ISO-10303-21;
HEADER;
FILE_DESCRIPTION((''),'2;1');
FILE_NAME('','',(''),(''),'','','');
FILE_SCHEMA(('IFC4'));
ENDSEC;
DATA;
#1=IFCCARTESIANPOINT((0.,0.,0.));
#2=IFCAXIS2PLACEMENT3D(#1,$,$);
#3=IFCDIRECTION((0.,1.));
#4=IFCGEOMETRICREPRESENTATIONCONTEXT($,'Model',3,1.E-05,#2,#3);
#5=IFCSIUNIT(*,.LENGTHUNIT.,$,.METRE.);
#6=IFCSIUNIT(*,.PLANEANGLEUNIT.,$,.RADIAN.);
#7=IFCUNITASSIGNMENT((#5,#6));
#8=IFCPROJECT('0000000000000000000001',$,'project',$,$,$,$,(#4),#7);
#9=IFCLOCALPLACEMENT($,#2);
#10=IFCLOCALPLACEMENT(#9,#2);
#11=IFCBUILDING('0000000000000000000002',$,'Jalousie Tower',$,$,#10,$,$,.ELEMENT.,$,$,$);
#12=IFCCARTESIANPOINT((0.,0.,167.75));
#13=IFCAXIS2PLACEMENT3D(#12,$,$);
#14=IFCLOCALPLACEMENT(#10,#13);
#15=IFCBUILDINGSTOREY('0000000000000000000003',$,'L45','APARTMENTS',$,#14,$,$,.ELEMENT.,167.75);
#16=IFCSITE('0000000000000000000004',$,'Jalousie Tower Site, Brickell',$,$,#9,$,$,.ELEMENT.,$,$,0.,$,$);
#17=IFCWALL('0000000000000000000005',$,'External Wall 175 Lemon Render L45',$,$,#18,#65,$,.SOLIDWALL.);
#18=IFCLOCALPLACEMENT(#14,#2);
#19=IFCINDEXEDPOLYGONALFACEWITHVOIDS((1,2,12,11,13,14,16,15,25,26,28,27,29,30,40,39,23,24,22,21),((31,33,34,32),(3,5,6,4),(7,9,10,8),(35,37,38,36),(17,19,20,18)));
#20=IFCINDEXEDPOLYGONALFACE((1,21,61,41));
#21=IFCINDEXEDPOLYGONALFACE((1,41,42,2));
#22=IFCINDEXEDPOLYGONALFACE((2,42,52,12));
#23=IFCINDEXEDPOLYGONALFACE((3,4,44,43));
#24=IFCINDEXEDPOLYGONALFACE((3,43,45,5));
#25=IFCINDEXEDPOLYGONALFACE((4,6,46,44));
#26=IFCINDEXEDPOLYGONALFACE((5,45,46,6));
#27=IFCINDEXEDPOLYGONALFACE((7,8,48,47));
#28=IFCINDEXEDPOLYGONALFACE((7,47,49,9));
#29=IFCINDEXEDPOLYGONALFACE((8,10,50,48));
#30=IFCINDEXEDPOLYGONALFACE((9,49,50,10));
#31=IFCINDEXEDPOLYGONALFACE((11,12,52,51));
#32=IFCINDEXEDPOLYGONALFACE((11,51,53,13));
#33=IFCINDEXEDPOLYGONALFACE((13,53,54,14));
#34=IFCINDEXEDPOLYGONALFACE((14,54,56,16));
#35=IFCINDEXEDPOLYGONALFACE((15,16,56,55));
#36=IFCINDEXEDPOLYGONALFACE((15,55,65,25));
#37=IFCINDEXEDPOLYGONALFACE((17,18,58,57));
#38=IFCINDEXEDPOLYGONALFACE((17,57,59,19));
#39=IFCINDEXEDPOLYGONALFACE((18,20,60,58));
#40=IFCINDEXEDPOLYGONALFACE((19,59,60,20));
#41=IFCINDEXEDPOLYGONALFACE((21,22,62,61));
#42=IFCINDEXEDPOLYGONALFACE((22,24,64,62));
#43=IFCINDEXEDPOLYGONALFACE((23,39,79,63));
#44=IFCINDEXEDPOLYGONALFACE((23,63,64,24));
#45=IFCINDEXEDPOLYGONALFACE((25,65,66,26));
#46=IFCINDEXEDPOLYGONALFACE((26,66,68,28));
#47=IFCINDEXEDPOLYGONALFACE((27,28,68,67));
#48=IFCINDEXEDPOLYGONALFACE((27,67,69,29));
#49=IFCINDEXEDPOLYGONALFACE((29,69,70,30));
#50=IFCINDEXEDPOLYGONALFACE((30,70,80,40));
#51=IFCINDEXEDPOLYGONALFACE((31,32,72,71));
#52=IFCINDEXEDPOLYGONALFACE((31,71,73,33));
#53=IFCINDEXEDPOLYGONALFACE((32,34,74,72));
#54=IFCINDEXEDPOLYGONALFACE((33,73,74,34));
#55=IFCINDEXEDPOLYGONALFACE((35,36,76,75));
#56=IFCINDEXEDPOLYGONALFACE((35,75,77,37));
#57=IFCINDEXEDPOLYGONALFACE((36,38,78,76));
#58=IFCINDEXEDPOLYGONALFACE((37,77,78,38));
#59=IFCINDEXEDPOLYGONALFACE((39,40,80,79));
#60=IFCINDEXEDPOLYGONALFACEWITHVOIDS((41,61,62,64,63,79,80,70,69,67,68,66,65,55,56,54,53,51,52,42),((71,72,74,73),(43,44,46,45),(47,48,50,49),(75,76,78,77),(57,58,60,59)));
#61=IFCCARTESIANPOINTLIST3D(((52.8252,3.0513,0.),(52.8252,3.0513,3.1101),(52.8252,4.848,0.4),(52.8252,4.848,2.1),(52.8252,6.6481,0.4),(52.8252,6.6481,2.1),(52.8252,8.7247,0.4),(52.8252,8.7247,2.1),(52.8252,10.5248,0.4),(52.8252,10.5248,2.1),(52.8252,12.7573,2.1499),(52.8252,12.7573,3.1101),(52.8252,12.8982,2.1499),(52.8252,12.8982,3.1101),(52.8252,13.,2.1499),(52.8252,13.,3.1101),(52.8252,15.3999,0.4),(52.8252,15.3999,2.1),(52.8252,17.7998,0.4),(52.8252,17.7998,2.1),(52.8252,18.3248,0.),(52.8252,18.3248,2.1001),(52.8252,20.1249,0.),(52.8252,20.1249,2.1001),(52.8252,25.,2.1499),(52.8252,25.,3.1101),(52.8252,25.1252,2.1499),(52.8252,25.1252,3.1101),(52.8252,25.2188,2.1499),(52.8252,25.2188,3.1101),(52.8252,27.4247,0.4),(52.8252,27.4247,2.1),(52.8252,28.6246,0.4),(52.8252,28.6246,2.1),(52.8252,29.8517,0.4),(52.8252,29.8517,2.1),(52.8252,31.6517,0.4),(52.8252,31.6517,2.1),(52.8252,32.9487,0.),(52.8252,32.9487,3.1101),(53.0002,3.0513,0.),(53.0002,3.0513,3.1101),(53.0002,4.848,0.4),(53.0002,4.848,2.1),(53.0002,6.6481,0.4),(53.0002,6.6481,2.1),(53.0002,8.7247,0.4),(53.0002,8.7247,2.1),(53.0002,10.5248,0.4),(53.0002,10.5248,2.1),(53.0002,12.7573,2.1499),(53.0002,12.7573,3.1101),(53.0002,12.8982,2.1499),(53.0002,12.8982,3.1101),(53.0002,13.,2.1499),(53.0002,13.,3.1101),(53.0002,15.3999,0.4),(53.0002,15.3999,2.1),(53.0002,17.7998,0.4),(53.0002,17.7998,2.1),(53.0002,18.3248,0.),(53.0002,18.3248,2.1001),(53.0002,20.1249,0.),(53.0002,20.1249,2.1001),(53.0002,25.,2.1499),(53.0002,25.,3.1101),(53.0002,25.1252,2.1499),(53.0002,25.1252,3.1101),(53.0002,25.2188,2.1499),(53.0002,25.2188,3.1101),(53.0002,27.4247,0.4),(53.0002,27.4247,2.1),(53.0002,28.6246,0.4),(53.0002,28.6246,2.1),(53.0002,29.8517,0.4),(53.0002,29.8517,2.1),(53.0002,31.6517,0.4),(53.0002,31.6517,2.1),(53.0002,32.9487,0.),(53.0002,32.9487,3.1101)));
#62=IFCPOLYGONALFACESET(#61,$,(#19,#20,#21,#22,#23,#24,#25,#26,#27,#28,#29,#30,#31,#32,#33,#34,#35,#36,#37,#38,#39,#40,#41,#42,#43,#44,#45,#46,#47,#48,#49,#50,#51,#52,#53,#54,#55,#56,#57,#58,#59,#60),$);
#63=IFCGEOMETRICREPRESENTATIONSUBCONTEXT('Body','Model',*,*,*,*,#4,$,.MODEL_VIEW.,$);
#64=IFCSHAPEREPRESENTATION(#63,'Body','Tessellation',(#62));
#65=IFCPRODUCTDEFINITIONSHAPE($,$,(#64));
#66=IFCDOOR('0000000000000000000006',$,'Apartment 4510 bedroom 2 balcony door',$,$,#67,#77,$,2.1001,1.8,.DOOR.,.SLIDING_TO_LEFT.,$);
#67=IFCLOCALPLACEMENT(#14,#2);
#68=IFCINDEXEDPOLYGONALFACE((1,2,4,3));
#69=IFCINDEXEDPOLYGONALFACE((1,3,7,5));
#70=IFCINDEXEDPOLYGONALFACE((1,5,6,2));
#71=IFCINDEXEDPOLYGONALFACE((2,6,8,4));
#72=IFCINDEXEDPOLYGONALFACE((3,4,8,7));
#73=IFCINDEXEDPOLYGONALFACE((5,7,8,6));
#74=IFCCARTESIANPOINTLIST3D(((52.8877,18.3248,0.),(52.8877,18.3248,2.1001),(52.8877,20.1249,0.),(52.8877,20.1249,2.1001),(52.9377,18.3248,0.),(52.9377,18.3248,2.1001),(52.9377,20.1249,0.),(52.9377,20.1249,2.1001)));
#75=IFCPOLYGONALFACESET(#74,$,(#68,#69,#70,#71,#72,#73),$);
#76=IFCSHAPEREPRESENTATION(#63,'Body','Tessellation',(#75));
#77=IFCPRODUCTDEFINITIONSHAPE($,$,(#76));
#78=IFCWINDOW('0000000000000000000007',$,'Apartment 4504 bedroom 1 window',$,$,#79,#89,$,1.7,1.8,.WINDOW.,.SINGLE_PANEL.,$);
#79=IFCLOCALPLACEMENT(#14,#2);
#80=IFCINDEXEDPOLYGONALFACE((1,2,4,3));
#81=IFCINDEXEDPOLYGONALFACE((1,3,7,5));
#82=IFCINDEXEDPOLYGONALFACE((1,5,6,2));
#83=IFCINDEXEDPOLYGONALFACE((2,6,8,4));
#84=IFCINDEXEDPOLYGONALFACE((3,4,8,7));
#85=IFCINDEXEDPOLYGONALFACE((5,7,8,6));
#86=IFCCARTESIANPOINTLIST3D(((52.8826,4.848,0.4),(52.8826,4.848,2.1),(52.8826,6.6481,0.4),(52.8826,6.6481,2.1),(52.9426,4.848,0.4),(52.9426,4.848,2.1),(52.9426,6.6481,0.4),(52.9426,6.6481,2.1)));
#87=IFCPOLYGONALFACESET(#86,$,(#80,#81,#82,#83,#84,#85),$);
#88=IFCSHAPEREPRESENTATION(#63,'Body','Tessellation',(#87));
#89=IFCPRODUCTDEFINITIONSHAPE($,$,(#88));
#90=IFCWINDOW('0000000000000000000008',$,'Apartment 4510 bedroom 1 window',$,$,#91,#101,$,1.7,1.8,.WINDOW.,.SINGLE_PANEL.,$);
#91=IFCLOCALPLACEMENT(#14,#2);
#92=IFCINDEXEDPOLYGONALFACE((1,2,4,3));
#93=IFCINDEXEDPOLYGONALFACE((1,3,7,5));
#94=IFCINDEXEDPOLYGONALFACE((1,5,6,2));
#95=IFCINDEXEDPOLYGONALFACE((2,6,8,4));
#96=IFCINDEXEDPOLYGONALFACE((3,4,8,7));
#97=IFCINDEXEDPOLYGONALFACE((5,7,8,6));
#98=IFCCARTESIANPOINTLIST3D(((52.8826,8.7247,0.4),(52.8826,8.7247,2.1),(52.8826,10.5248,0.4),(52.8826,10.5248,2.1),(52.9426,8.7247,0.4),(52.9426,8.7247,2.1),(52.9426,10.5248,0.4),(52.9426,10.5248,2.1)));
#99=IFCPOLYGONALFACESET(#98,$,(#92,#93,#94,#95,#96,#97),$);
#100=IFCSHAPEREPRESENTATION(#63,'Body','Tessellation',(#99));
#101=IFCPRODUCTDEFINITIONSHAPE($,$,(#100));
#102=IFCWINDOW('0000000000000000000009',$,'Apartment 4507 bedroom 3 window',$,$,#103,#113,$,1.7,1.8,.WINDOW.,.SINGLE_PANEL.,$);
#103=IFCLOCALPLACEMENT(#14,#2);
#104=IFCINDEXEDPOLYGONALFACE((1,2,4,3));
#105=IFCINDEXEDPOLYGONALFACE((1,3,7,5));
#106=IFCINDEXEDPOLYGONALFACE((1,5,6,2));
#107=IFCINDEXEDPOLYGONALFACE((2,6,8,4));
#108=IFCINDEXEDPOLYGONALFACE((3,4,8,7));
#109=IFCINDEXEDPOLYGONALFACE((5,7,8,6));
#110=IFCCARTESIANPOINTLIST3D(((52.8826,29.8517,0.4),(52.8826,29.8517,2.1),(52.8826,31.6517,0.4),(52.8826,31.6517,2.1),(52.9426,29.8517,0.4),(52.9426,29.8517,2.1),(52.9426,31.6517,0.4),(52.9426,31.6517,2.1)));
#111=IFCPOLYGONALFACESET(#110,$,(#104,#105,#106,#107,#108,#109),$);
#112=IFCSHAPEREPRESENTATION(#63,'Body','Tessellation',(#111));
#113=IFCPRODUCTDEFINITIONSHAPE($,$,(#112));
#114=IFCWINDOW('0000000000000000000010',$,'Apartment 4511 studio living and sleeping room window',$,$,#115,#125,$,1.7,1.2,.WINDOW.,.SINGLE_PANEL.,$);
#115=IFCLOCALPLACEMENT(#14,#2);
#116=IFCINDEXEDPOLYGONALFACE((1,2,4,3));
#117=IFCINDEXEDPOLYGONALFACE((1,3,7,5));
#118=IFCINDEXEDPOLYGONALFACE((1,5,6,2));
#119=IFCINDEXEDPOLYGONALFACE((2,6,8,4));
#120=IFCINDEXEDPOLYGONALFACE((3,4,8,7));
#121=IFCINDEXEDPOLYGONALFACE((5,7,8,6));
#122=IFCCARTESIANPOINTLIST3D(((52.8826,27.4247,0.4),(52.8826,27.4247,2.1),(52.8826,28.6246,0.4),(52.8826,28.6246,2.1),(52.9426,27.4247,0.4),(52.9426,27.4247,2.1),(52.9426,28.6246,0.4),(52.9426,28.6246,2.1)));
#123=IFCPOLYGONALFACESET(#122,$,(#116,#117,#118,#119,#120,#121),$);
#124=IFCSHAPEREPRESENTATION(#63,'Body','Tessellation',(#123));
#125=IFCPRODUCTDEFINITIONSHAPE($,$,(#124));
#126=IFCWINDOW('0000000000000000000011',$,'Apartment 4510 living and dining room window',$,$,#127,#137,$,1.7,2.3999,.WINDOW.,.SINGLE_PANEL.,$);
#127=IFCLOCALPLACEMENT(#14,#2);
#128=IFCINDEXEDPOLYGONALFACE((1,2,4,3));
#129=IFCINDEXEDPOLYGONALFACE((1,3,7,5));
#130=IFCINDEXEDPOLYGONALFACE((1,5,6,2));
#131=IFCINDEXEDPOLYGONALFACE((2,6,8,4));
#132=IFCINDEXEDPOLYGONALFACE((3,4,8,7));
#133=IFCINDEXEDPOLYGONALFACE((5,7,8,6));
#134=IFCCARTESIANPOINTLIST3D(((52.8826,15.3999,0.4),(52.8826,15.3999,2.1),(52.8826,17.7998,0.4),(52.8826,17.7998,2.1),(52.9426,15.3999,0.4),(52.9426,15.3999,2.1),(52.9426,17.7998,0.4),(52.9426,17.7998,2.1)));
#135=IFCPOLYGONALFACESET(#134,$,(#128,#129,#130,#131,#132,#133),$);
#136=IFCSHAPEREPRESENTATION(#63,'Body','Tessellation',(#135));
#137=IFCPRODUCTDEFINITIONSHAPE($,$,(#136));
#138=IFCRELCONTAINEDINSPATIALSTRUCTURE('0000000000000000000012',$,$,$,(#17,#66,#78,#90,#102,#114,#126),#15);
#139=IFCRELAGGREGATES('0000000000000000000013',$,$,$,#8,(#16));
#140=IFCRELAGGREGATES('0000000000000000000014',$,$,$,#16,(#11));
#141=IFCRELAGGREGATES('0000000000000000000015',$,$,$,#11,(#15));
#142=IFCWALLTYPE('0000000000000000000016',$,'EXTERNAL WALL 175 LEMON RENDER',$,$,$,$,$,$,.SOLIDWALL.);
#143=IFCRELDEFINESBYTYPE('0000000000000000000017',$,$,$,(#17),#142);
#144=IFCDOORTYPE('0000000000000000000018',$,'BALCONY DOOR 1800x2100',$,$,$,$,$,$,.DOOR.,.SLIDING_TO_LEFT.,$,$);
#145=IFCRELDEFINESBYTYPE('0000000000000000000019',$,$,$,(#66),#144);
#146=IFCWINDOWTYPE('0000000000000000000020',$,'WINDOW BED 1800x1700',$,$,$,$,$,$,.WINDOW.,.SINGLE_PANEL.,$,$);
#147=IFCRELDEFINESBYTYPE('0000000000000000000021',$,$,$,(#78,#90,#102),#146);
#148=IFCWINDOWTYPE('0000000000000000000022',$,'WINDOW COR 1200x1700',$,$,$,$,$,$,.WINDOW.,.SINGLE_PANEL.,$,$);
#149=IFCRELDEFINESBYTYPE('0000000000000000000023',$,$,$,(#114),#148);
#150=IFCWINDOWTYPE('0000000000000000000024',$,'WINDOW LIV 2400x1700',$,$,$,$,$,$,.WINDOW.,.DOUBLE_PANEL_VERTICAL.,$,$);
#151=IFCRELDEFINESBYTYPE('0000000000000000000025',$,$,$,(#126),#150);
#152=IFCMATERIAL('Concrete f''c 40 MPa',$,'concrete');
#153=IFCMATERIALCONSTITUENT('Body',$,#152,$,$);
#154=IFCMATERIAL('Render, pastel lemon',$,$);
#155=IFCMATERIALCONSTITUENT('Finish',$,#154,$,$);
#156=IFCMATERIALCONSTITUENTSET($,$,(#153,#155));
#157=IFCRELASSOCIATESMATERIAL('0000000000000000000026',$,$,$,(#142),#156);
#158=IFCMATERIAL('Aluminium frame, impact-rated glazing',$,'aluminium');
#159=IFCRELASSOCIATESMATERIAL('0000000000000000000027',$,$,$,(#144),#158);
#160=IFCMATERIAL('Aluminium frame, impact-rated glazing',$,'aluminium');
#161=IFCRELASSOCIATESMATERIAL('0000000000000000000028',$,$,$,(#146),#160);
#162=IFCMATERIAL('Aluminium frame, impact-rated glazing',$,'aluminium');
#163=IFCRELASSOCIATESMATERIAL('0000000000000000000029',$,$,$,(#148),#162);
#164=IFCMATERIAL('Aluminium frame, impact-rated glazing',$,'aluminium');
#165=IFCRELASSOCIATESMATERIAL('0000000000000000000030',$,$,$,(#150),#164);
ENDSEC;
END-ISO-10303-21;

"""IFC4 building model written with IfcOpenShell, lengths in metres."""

from ifc_helpers import new_model, si_unit, direction, frame, frame_2d, origin, place, context, subcontext, project, spatial, polyline, rectangle, outline, extrude, material, constituent, constituent_set, type_object, element, fill, save


model = new_model("IFC4")

# Units and contexts
model_context = context("Model", 3, precision=1e-05, world=origin(), true_north=direction((0.0, 1.0)))
body_context = subcontext(model_context, "Body", "Model", "MODEL_VIEW")
ifc_project = project(units=[si_unit("LENGTHUNIT", "METRE"), si_unit("PLANEANGLEUNIT", "RADIAN")], contexts=[model_context])

# Site, building, storey
site_placement = place(None, origin())
site = spatial("IfcSite", under=ifc_project, at=site_placement, Name="Jalousie Tower Site, Brickell", CompositionType="ELEMENT", RefElevation=0.0)
building_placement = place(site_placement, origin())
building = spatial("IfcBuilding", under=site, at=building_placement, Name="Jalousie Tower", CompositionType="ELEMENT")
storey_placement = place(building_placement, frame((0.0, 0.0, 167.75)))
storey = spatial("IfcBuildingStorey", under=building, at=storey_placement, Name="L45", Description="APARTMENTS", CompositionType="ELEMENT", Elevation=167.75)

# Wall, openings, door, windows
ifc_material_1 = material(Name="Concrete f'c 40 MPa", Category="concrete")
ifc_constituent_1 = constituent(ifc_material_1, Name="Body")
ifc_material_2 = material(Name="Render, pastel lemon")
ifc_constituent_2 = constituent(ifc_material_2, Name="Finish")
ifc_constituent_set = constituent_set(constituents=[ifc_constituent_1, ifc_constituent_2])
wall_type = type_object("IfcWallType", Name="EXTERNAL WALL 175 LEMON RENDER", PredefinedType="SOLIDWALL", material=ifc_constituent_set)
wall_placement = place(storey_placement, frame((52.9126, 3.0513, 0.0), z_axis=(0.0, 0.0, 1.0), x_axis=(0.0, 1.0, 0.0)))
wall = element("IfcWall", 1, at=wall_placement, inside=storey, type_object=wall_type, Name="External Wall 175 Lemon Render L45", PredefinedType="SOLIDWALL", context=body_context, shape_type="SweptSolid", body=[
    extrude(outline(polyline([(0.0, 0.0), (29.8975, 0.0), (29.8975, 3.1101), (22.1675, 3.1101), (22.1675, 2.1499), (22.074, 2.1499), (22.074, 3.1101), (21.9487, 3.1101), (21.9487, 2.1499), (9.9487, 2.1499), (9.9487, 3.1101), (9.8469, 3.1101), (9.8469, 2.1499), (9.7061, 2.1499), (9.7061, 3.1101), (0.0, 3.1101), (0.0, 0.0)])), frame((0.0, 0.0874, 0.0), z_axis=(0.0, -1.0, 0.0), x_axis=(1.0, 0.0, 0.0)), (0.0, 0.0, 1.0), 0.175),
])
opening_1_placement = place(wall_placement, frame((1.7969, 0.0, 0.3999)))
opening_1 = element("IfcOpeningElement", 2, at=opening_1_placement, cuts=wall, PredefinedType="OPENING", context=body_context, shape_type="SweptSolid", body=[
    extrude(rectangle(XDim=1.8, YDim=1.7, at=frame_2d((0.8999, 0.8501))), frame((0.0, 0.0974, 0.0), z_axis=(0.0, -1.0, 0.0), x_axis=(1.0, 0.0, 0.0)), (0.0, 0.0, 1.0), 0.1951),
])
opening_2_placement = place(wall_placement, frame((5.6736, 0.0, 0.3999)))
opening_2 = element("IfcOpeningElement", 3, at=opening_2_placement, cuts=wall, PredefinedType="OPENING", context=body_context, shape_type="SweptSolid", body=[
    extrude(rectangle(XDim=1.8, YDim=1.7, at=frame_2d((0.8999, 0.8501))), frame((0.0, 0.0974, 0.0), z_axis=(0.0, -1.0, 0.0), x_axis=(1.0, 0.0, 0.0)), (0.0, 0.0, 1.0), 0.1951),
])
opening_3_placement = place(wall_placement, frame((12.3486, 0.0, 0.3999)))
opening_3 = element("IfcOpeningElement", 4, at=opening_3_placement, cuts=wall, PredefinedType="OPENING", context=body_context, shape_type="SweptSolid", body=[
    extrude(rectangle(XDim=2.3999, YDim=1.7, at=frame_2d((1.2, 0.8501))), frame((0.0, 0.0974, 0.0), z_axis=(0.0, -1.0, 0.0), x_axis=(1.0, 0.0, 0.0)), (0.0, 0.0, 1.0), 0.1951),
])
opening_4_placement = place(wall_placement, frame((15.2737, 0.0, 0.0)))
opening_4 = element("IfcOpeningElement", 5, at=opening_4_placement, cuts=wall, PredefinedType="OPENING", context=body_context, shape_type="SweptSolid", body=[
    extrude(rectangle(XDim=1.8, YDim=2.1001, at=frame_2d((0.8999, 1.05))), frame((0.0, 0.0974, 0.0), z_axis=(0.0, -1.0, 0.0), x_axis=(1.0, 0.0, 0.0)), (0.0, 0.0, 1.0), 0.1951),
])
opening_5_placement = place(wall_placement, frame((24.3733, 0.0, 0.3999)))
opening_5 = element("IfcOpeningElement", 6, at=opening_5_placement, cuts=wall, PredefinedType="OPENING", context=body_context, shape_type="SweptSolid", body=[
    extrude(rectangle(XDim=1.2, YDim=1.7, at=frame_2d((0.6001, 0.8501))), frame((0.0, 0.0974, 0.0), z_axis=(0.0, -1.0, 0.0), x_axis=(1.0, 0.0, 0.0)), (0.0, 0.0, 1.0), 0.1951),
])
opening_6_placement = place(wall_placement, frame((26.8005, 0.0, 0.3999)))
opening_6 = element("IfcOpeningElement", 7, at=opening_6_placement, cuts=wall, PredefinedType="OPENING", context=body_context, shape_type="SweptSolid", body=[
    extrude(rectangle(XDim=1.8, YDim=1.7, at=frame_2d((0.8999, 0.8501))), frame((0.0, 0.0974, 0.0), z_axis=(0.0, -1.0, 0.0), x_axis=(1.0, 0.0, 0.0)), (0.0, 0.0, 1.0), 0.1951),
])
ifc_material_3 = material(Name="Aluminium frame, impact-rated glazing", Category="aluminium")
door_type = type_object("IfcDoorType", Name="BALCONY DOOR 1800x2100", OperationType="SLIDING_TO_LEFT", PredefinedType="DOOR", material=ifc_material_3)
door_placement = place(opening_4_placement, origin())
door = element("IfcDoor", 8, at=door_placement, inside=storey, type_object=door_type, Name="Apartment 4510 bedroom 2 balcony door", OperationType="SLIDING_TO_LEFT", OverallHeight=2.1001, OverallWidth=1.8, PredefinedType="DOOR", context=body_context, shape_type="SweptSolid", body=[
    extrude(rectangle(XDim=1.8, YDim=2.1001, at=frame_2d((0.8999, 1.05))), frame((0.0, 0.0249, 0.0), z_axis=(0.0, -1.0, 0.0), x_axis=(1.0, 0.0, 0.0)), (0.0, 0.0, 1.0), 0.05),
])
fill(opening_4, door)
ifc_material_4 = material(Name="Aluminium frame, impact-rated glazing", Category="aluminium")
window_type_1 = type_object("IfcWindowType", Name="WINDOW BED 1800x1700", PartitioningType="SINGLE_PANEL", PredefinedType="WINDOW", material=ifc_material_4)
window_1_placement = place(opening_1_placement, origin())
window_1 = element("IfcWindow", 9, at=window_1_placement, inside=storey, type_object=window_type_1, Name="Apartment 4504 bedroom 1 window", OverallHeight=1.7, OverallWidth=1.8, PartitioningType="SINGLE_PANEL", PredefinedType="WINDOW", context=body_context, shape_type="SweptSolid", body=[
    extrude(rectangle(XDim=1.8, YDim=1.7, at=frame_2d((0.8999, 0.8501))), frame((0.0, 0.03, 0.0), z_axis=(0.0, -1.0, 0.0), x_axis=(1.0, 0.0, 0.0)), (0.0, 0.0, 1.0), 0.0601),
])
fill(opening_1, window_1)
window_2_placement = place(opening_2_placement, origin())
window_2 = element("IfcWindow", 10, at=window_2_placement, inside=storey, type_object=window_type_1, Name="Apartment 4510 bedroom 1 window", OverallHeight=1.7, OverallWidth=1.8, PartitioningType="SINGLE_PANEL", PredefinedType="WINDOW", context=body_context, shape_type="SweptSolid", body=[
    extrude(rectangle(XDim=1.8, YDim=1.7, at=frame_2d((0.8999, 0.8501))), frame((0.0, 0.03, 0.0), z_axis=(0.0, -1.0, 0.0), x_axis=(1.0, 0.0, 0.0)), (0.0, 0.0, 1.0), 0.0601),
])
fill(opening_2, window_2)
window_3_placement = place(opening_6_placement, origin())
window_3 = element("IfcWindow", 11, at=window_3_placement, inside=storey, type_object=window_type_1, Name="Apartment 4507 bedroom 3 window", OverallHeight=1.7, OverallWidth=1.8, PartitioningType="SINGLE_PANEL", PredefinedType="WINDOW", context=body_context, shape_type="SweptSolid", body=[
    extrude(rectangle(XDim=1.8, YDim=1.7, at=frame_2d((0.8999, 0.8501))), frame((0.0, 0.03, 0.0), z_axis=(0.0, -1.0, 0.0), x_axis=(1.0, 0.0, 0.0)), (0.0, 0.0, 1.0), 0.0601),
])
fill(opening_6, window_3)
ifc_material_5 = material(Name="Aluminium frame, impact-rated glazing", Category="aluminium")
window_type_2 = type_object("IfcWindowType", Name="WINDOW COR 1200x1700", PartitioningType="SINGLE_PANEL", PredefinedType="WINDOW", material=ifc_material_5)
window_4_placement = place(opening_5_placement, origin())
window_4 = element("IfcWindow", 12, at=window_4_placement, inside=storey, type_object=window_type_2, Name="Apartment 4511 studio living and sleeping room window", OverallHeight=1.7, OverallWidth=1.2, PartitioningType="SINGLE_PANEL", PredefinedType="WINDOW", context=body_context, shape_type="SweptSolid", body=[
    extrude(rectangle(XDim=1.2, YDim=1.7, at=frame_2d((0.6001, 0.8501))), frame((0.0, 0.03, 0.0), z_axis=(0.0, -1.0, 0.0), x_axis=(1.0, 0.0, 0.0)), (0.0, 0.0, 1.0), 0.0601),
])
fill(opening_5, window_4)
ifc_material_6 = material(Name="Aluminium frame, impact-rated glazing", Category="aluminium")
window_type_3 = type_object("IfcWindowType", Name="WINDOW LIV 2400x1700", PartitioningType="DOUBLE_PANEL_VERTICAL", PredefinedType="WINDOW", material=ifc_material_6)
window_5_placement = place(opening_3_placement, origin())
window_5 = element("IfcWindow", 13, at=window_5_placement, inside=storey, type_object=window_type_3, Name="Apartment 4510 living and dining room window", OverallHeight=1.7, OverallWidth=2.3999, PartitioningType="SINGLE_PANEL", PredefinedType="WINDOW", context=body_context, shape_type="SweptSolid", body=[
    extrude(rectangle(XDim=2.3999, YDim=1.7, at=frame_2d((1.2, 0.8501))), frame((0.0, 0.03, 0.0), z_axis=(0.0, -1.0, 0.0), x_axis=(1.0, 0.0, 0.0)), (0.0, 0.0, 1.0), 0.0601),
])
fill(opening_3, window_5)

save(model, "model.ifc")
